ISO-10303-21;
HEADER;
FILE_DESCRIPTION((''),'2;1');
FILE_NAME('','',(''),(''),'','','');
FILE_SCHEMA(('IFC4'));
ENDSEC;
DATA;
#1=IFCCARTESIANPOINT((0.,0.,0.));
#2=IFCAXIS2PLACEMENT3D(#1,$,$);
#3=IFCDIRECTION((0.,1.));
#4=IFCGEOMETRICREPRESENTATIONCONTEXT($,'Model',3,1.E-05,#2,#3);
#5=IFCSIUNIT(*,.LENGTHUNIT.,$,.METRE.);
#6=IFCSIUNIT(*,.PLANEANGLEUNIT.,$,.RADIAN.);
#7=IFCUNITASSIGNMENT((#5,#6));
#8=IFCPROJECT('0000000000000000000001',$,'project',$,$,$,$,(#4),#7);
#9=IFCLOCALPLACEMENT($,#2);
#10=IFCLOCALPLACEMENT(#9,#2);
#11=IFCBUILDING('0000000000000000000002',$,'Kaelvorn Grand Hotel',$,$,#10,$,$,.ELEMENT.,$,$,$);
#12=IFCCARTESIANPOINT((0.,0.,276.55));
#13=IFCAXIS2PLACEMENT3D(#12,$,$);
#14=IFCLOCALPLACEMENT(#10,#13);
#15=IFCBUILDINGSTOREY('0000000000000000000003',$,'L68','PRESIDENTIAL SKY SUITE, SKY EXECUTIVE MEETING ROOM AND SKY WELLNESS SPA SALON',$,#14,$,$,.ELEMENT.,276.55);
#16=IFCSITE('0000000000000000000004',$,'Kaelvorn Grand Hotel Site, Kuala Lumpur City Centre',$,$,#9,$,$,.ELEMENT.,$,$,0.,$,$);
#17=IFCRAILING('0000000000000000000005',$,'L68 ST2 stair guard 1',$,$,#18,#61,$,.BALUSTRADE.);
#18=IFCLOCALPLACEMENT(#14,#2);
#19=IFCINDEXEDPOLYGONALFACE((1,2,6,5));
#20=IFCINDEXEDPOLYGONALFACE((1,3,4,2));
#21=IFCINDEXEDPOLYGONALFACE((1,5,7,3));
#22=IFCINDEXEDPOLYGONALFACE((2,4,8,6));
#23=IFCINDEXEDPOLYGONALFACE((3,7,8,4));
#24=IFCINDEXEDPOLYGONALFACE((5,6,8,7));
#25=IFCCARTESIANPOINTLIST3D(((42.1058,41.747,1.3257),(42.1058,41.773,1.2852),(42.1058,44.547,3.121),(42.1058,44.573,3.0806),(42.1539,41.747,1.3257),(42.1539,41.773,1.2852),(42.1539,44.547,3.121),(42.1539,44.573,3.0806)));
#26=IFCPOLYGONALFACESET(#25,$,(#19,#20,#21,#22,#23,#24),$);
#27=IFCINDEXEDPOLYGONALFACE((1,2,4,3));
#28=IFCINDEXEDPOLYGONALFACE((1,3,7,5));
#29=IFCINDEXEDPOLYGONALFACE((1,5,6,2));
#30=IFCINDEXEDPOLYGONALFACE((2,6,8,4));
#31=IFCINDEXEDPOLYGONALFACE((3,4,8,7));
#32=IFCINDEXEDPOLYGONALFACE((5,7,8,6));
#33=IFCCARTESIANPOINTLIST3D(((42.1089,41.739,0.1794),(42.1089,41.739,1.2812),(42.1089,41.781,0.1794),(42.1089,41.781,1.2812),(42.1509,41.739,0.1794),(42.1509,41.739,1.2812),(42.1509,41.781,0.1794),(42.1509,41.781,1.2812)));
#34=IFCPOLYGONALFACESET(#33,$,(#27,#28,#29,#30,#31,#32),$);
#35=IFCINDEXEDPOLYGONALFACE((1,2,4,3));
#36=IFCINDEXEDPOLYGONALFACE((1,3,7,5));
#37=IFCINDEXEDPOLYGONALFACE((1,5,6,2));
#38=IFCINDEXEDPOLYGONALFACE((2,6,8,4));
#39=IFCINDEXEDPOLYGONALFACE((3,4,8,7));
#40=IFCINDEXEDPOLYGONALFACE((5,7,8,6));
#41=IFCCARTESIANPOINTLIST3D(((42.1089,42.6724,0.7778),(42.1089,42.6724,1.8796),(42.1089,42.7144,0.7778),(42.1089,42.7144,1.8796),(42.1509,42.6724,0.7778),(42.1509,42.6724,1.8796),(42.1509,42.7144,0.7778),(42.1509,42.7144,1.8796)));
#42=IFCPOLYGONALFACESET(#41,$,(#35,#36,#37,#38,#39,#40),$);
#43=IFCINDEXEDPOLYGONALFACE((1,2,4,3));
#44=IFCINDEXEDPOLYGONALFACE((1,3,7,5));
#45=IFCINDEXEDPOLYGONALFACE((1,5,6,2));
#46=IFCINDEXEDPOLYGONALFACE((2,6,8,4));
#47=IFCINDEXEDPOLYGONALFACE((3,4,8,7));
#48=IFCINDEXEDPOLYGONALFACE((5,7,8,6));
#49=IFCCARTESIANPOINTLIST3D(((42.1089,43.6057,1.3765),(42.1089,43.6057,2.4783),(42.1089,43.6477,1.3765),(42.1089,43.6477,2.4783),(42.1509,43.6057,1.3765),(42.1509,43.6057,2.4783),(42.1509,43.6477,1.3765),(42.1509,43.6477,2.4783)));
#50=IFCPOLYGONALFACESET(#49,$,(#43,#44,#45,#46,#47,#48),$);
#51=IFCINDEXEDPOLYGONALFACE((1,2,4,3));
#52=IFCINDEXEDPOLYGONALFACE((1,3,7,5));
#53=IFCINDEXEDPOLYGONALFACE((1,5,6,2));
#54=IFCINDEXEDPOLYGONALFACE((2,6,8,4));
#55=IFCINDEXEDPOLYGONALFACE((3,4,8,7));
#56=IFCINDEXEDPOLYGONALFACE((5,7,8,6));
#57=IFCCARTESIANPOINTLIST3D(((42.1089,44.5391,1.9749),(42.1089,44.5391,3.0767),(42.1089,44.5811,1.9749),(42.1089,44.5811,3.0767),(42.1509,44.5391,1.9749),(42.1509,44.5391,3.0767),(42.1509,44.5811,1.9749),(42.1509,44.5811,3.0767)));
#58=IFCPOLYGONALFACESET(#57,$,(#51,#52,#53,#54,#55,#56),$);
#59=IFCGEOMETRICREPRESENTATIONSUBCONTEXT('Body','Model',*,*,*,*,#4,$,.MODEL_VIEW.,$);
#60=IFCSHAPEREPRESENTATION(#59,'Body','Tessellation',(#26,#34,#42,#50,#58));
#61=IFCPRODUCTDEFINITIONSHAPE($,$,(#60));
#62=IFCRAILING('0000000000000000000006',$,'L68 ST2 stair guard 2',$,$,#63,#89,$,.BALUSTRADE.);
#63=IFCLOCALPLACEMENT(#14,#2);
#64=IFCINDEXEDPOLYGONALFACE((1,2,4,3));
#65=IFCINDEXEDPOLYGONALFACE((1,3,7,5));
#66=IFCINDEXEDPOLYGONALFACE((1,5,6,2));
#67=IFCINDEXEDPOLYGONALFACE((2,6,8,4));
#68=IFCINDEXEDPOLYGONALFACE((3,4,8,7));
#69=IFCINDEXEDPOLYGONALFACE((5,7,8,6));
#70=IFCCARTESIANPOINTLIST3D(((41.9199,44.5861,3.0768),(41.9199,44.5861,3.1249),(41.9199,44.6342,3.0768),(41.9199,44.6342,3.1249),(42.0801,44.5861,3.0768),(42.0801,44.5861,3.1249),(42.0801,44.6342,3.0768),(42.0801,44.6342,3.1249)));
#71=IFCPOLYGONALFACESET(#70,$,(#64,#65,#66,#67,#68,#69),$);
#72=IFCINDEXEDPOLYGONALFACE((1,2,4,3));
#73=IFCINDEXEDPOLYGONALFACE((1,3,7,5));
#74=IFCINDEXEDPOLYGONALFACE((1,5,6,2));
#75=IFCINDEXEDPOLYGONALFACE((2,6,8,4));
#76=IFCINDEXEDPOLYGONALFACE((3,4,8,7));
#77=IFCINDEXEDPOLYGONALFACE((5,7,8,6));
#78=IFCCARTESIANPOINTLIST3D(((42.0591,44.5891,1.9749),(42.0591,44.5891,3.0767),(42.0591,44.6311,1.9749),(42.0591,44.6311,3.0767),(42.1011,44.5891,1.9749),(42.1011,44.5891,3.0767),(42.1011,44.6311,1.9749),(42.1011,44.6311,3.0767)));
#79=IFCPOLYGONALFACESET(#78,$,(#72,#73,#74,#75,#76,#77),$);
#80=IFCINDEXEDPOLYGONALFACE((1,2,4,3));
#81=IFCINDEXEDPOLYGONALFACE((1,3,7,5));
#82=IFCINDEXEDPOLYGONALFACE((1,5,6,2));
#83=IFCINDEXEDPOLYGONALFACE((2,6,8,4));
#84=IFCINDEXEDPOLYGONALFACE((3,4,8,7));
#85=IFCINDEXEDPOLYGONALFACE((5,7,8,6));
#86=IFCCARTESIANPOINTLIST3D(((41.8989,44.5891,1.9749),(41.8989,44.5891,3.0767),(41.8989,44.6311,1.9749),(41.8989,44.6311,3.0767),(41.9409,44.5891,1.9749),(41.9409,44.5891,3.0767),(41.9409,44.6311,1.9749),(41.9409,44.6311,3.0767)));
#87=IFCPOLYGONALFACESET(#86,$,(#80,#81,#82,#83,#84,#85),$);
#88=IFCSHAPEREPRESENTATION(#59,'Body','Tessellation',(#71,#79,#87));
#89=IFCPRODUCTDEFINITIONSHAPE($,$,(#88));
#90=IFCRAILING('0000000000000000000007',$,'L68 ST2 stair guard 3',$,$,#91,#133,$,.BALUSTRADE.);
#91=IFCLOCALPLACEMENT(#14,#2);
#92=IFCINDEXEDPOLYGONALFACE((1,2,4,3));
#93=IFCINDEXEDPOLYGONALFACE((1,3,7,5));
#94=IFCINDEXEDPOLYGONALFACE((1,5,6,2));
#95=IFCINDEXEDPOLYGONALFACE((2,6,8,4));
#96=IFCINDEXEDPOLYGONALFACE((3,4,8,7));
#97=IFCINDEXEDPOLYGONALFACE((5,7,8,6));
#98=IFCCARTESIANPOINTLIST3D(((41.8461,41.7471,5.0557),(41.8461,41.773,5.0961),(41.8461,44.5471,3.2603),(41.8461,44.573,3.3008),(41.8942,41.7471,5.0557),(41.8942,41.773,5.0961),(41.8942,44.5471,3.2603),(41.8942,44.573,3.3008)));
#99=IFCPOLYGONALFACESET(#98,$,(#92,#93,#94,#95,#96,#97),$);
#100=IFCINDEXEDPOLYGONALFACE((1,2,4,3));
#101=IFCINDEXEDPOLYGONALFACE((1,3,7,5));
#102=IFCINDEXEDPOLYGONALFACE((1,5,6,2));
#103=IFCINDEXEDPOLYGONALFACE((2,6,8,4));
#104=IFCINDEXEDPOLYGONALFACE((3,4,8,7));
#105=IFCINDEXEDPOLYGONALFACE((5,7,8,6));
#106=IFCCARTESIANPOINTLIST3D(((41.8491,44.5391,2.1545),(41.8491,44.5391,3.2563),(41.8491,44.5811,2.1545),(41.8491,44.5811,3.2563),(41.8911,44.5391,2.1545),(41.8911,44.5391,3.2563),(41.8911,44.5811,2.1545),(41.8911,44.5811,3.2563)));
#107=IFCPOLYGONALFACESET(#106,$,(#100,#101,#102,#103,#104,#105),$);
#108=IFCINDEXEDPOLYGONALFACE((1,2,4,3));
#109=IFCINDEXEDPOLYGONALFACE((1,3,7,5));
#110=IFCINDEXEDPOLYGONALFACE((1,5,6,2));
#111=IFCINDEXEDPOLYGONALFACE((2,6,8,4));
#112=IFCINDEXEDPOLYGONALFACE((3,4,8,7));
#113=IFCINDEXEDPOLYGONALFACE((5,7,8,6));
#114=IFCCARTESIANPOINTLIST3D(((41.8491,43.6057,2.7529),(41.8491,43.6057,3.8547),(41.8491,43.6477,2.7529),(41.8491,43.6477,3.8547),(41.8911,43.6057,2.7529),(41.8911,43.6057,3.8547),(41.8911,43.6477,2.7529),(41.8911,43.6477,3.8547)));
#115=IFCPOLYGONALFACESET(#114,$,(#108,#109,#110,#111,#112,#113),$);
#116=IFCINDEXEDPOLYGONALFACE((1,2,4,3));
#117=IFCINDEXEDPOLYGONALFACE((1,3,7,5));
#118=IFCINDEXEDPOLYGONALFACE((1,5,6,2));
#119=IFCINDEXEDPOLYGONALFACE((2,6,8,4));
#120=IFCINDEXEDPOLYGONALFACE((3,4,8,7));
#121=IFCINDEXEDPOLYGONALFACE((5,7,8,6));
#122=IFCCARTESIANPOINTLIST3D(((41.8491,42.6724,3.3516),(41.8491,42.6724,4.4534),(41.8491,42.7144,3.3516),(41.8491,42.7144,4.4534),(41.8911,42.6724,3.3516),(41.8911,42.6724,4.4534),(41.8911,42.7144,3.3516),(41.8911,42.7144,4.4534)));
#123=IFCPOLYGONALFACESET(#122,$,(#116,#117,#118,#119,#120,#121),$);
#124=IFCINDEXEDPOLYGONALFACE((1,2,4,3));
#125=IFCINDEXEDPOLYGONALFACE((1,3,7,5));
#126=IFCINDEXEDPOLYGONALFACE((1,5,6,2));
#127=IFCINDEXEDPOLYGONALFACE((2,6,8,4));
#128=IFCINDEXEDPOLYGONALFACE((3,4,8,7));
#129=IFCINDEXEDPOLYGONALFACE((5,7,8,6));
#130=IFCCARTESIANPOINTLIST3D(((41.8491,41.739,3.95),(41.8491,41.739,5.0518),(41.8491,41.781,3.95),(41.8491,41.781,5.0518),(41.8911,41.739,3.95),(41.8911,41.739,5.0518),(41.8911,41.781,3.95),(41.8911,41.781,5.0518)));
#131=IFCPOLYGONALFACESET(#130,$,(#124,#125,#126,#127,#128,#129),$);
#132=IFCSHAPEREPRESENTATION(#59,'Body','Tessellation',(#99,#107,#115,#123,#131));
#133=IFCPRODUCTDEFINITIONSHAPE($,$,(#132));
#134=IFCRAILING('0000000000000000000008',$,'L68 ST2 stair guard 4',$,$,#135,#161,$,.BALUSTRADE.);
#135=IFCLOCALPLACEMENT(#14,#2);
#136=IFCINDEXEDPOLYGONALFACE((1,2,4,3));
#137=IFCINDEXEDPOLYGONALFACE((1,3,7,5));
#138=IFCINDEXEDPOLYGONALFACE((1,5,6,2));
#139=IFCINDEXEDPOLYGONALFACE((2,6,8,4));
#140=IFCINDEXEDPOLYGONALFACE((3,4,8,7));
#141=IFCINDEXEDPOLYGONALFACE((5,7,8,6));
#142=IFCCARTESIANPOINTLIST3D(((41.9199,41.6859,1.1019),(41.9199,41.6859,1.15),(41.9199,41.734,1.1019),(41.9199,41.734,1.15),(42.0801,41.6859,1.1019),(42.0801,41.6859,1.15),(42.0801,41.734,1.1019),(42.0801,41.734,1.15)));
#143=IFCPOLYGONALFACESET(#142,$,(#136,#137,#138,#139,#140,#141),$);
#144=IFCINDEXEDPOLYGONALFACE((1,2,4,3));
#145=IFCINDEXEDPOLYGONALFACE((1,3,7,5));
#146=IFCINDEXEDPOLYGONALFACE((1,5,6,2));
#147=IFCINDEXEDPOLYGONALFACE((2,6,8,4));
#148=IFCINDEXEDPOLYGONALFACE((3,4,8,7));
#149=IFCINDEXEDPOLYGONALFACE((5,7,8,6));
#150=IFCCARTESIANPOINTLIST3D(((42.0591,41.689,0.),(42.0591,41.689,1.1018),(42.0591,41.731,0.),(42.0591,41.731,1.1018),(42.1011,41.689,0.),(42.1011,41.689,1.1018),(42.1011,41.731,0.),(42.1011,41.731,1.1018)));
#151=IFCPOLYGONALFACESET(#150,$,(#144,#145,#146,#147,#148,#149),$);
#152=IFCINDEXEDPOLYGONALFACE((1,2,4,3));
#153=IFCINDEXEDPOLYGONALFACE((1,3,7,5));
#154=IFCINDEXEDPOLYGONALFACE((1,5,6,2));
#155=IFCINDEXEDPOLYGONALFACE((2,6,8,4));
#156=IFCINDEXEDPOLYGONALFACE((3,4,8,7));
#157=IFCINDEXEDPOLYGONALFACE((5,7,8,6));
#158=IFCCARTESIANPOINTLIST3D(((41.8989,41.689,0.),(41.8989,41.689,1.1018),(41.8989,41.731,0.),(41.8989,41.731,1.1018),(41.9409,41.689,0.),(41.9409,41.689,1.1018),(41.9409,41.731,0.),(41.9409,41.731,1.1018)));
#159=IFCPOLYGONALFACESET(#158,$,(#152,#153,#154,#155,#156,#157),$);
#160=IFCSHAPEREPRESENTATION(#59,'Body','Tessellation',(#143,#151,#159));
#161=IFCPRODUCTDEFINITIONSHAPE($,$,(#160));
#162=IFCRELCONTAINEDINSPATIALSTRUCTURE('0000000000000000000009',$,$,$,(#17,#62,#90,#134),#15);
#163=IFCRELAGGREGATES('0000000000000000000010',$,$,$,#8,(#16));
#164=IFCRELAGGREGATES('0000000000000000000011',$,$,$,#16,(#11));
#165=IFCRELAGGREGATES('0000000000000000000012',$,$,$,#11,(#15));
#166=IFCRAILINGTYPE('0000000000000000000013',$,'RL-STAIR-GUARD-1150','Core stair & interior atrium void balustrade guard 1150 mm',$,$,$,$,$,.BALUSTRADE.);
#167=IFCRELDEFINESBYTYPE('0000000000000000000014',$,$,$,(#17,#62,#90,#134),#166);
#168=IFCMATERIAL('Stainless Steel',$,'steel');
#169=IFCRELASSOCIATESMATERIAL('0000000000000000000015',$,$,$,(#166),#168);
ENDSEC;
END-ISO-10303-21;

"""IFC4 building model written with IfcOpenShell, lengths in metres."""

from ifc_helpers import new_model, si_unit, direction, frame, origin, origin_2d, place, context, subcontext, project, spatial, rectangle, extrude, material, type_object, element, save


model = new_model("IFC4")

# Units and contexts
model_context = context("Model", 3, precision=1e-05, world=origin(), true_north=direction((0.0, 1.0)))
body_context = subcontext(model_context, "Body", "Model", "MODEL_VIEW")
ifc_project = project(units=[si_unit("LENGTHUNIT", "METRE"), si_unit("PLANEANGLEUNIT", "RADIAN")], contexts=[model_context])

# Site, building, storey
site_placement = place(None, origin())
site = spatial("IfcSite", under=ifc_project, at=site_placement, Name="Kaelvorn Grand Hotel Site, Kuala Lumpur City Centre", CompositionType="ELEMENT", RefElevation=0.0)
building_placement = place(site_placement, origin())
building = spatial("IfcBuilding", under=site, at=building_placement, Name="Kaelvorn Grand Hotel", CompositionType="ELEMENT")
storey_placement = place(building_placement, frame((0.0, 0.0, 276.55)))
storey = spatial("IfcBuildingStorey", under=building, at=storey_placement, Name="L68", Description="PRESIDENTIAL SKY SUITE, SKY EXECUTIVE MEETING ROOM AND SKY WELLNESS SPA SALON", CompositionType="ELEMENT", Elevation=276.55)

# Railings
ifc_material_1 = material(Name="Stainless Steel", Category="steel")
railing_type_1 = type_object("IfcRailingType", Name="RL-STAIR-GUARD-1150", Description="Core stair & interior atrium void balustrade guard 1150 mm", PredefinedType="BALUSTRADE", material=ifc_material_1)
railing_1_placement = place(storey_placement, frame((42.1299, 41.76, 0.1794)))
element("IfcRailing", 1, at=railing_1_placement, inside=storey, type_object=railing_type_1, Name="L68 ST2 stair guard 1", PredefinedType="BALUSTRADE", context=body_context, shape_type="SweptSolid", body=[
    extrude(rectangle(XDim=0.0481, YDim=0.0481, at=origin_2d()), frame((0.0, 0.0, 1.126), z_axis=(0.0, 0.84181, 0.539774), x_axis=(-1.0, 0.0, 0.0)), (0.0, 0.0, 1.0), 3.3262),
    extrude(rectangle(XDim=0.042, YDim=0.042, at=origin_2d()), origin(), (0.0, 0.0, 1.0), 1.1018),
    extrude(rectangle(XDim=0.042, YDim=0.042, at=origin_2d()), frame((0.0, 0.9333, 0.5984)), (0.0, 0.0, 1.0), 1.1018),
    extrude(rectangle(XDim=0.042, YDim=0.042, at=origin_2d()), frame((0.0, 1.8667, 1.197)), (0.0, 0.0, 1.0), 1.1018),
    extrude(rectangle(XDim=0.042, YDim=0.042, at=origin_2d()), frame((0.0, 2.8, 1.7954)), (0.0, 0.0, 1.0), 1.1018),
])
railing_2_placement = place(storey_placement, frame((42.0801, 44.6101, 1.9749)))
element("IfcRailing", 2, at=railing_2_placement, inside=storey, type_object=railing_type_1, Name="L68 ST2 stair guard 2", PredefinedType="BALUSTRADE", context=body_context, shape_type="SweptSolid", body=[
    extrude(rectangle(XDim=0.0481, YDim=0.0481, at=origin_2d()), frame((0.0, 0.0, 1.126), z_axis=(-1.0, 0.0, 0.0), x_axis=(0.0, -1.0, 0.0)), (0.0, 0.0, 1.0), 0.1602),
    extrude(rectangle(XDim=0.042, YDim=0.042, at=origin_2d()), origin(), (0.0, 0.0, 1.0), 1.1018),
    extrude(rectangle(XDim=0.042, YDim=0.042, at=origin_2d()), frame((-0.1602, 0.0, 0.0)), (0.0, 0.0, 1.0), 1.1018),
])
railing_3_placement = place(storey_placement, frame((41.8701, 44.5601, 2.1545)))
element("IfcRailing", 3, at=railing_3_placement, inside=storey, type_object=railing_type_1, Name="L68 ST2 stair guard 3", PredefinedType="BALUSTRADE", context=body_context, shape_type="SweptSolid", body=[
    extrude(rectangle(XDim=0.0481, YDim=0.0481, at=origin_2d()), frame((0.0, 0.0, 1.126), z_axis=(0.0, -0.84181, 0.539774), x_axis=(1.0, 0.0, 0.0)), (0.0, 0.0, 1.0), 3.3262),
    extrude(rectangle(XDim=0.042, YDim=0.042, at=origin_2d()), origin(), (0.0, 0.0, 1.0), 1.1018),
    extrude(rectangle(XDim=0.042, YDim=0.042, at=origin_2d()), frame((0.0, -0.9333, 0.5984)), (0.0, 0.0, 1.0), 1.1018),
    extrude(rectangle(XDim=0.042, YDim=0.042, at=origin_2d()), frame((0.0, -1.8667, 1.197)), (0.0, 0.0, 1.0), 1.1018),
    extrude(rectangle(XDim=0.042, YDim=0.042, at=origin_2d()), frame((0.0, -2.8, 1.7954)), (0.0, 0.0, 1.0), 1.1018),
])
railing_4_placement = place(storey_placement, frame((42.0801, 41.71, 0.0)))
element("IfcRailing", 4, at=railing_4_placement, inside=storey, type_object=railing_type_1, Name="L68 ST2 stair guard 4", PredefinedType="BALUSTRADE", context=body_context, shape_type="SweptSolid", body=[
    extrude(rectangle(XDim=0.0481, YDim=0.0481, at=origin_2d()), frame((0.0, 0.0, 1.126), z_axis=(-1.0, 0.0, 0.0), x_axis=(0.0, -1.0, 0.0)), (0.0, 0.0, 1.0), 0.1602),
    extrude(rectangle(XDim=0.042, YDim=0.042, at=origin_2d()), origin(), (0.0, 0.0, 1.0), 1.1018),
    extrude(rectangle(XDim=0.042, YDim=0.042, at=origin_2d()), frame((-0.1602, 0.0, 0.0)), (0.0, 0.0, 1.0), 1.1018),
])

save(model, "model.ifc")
